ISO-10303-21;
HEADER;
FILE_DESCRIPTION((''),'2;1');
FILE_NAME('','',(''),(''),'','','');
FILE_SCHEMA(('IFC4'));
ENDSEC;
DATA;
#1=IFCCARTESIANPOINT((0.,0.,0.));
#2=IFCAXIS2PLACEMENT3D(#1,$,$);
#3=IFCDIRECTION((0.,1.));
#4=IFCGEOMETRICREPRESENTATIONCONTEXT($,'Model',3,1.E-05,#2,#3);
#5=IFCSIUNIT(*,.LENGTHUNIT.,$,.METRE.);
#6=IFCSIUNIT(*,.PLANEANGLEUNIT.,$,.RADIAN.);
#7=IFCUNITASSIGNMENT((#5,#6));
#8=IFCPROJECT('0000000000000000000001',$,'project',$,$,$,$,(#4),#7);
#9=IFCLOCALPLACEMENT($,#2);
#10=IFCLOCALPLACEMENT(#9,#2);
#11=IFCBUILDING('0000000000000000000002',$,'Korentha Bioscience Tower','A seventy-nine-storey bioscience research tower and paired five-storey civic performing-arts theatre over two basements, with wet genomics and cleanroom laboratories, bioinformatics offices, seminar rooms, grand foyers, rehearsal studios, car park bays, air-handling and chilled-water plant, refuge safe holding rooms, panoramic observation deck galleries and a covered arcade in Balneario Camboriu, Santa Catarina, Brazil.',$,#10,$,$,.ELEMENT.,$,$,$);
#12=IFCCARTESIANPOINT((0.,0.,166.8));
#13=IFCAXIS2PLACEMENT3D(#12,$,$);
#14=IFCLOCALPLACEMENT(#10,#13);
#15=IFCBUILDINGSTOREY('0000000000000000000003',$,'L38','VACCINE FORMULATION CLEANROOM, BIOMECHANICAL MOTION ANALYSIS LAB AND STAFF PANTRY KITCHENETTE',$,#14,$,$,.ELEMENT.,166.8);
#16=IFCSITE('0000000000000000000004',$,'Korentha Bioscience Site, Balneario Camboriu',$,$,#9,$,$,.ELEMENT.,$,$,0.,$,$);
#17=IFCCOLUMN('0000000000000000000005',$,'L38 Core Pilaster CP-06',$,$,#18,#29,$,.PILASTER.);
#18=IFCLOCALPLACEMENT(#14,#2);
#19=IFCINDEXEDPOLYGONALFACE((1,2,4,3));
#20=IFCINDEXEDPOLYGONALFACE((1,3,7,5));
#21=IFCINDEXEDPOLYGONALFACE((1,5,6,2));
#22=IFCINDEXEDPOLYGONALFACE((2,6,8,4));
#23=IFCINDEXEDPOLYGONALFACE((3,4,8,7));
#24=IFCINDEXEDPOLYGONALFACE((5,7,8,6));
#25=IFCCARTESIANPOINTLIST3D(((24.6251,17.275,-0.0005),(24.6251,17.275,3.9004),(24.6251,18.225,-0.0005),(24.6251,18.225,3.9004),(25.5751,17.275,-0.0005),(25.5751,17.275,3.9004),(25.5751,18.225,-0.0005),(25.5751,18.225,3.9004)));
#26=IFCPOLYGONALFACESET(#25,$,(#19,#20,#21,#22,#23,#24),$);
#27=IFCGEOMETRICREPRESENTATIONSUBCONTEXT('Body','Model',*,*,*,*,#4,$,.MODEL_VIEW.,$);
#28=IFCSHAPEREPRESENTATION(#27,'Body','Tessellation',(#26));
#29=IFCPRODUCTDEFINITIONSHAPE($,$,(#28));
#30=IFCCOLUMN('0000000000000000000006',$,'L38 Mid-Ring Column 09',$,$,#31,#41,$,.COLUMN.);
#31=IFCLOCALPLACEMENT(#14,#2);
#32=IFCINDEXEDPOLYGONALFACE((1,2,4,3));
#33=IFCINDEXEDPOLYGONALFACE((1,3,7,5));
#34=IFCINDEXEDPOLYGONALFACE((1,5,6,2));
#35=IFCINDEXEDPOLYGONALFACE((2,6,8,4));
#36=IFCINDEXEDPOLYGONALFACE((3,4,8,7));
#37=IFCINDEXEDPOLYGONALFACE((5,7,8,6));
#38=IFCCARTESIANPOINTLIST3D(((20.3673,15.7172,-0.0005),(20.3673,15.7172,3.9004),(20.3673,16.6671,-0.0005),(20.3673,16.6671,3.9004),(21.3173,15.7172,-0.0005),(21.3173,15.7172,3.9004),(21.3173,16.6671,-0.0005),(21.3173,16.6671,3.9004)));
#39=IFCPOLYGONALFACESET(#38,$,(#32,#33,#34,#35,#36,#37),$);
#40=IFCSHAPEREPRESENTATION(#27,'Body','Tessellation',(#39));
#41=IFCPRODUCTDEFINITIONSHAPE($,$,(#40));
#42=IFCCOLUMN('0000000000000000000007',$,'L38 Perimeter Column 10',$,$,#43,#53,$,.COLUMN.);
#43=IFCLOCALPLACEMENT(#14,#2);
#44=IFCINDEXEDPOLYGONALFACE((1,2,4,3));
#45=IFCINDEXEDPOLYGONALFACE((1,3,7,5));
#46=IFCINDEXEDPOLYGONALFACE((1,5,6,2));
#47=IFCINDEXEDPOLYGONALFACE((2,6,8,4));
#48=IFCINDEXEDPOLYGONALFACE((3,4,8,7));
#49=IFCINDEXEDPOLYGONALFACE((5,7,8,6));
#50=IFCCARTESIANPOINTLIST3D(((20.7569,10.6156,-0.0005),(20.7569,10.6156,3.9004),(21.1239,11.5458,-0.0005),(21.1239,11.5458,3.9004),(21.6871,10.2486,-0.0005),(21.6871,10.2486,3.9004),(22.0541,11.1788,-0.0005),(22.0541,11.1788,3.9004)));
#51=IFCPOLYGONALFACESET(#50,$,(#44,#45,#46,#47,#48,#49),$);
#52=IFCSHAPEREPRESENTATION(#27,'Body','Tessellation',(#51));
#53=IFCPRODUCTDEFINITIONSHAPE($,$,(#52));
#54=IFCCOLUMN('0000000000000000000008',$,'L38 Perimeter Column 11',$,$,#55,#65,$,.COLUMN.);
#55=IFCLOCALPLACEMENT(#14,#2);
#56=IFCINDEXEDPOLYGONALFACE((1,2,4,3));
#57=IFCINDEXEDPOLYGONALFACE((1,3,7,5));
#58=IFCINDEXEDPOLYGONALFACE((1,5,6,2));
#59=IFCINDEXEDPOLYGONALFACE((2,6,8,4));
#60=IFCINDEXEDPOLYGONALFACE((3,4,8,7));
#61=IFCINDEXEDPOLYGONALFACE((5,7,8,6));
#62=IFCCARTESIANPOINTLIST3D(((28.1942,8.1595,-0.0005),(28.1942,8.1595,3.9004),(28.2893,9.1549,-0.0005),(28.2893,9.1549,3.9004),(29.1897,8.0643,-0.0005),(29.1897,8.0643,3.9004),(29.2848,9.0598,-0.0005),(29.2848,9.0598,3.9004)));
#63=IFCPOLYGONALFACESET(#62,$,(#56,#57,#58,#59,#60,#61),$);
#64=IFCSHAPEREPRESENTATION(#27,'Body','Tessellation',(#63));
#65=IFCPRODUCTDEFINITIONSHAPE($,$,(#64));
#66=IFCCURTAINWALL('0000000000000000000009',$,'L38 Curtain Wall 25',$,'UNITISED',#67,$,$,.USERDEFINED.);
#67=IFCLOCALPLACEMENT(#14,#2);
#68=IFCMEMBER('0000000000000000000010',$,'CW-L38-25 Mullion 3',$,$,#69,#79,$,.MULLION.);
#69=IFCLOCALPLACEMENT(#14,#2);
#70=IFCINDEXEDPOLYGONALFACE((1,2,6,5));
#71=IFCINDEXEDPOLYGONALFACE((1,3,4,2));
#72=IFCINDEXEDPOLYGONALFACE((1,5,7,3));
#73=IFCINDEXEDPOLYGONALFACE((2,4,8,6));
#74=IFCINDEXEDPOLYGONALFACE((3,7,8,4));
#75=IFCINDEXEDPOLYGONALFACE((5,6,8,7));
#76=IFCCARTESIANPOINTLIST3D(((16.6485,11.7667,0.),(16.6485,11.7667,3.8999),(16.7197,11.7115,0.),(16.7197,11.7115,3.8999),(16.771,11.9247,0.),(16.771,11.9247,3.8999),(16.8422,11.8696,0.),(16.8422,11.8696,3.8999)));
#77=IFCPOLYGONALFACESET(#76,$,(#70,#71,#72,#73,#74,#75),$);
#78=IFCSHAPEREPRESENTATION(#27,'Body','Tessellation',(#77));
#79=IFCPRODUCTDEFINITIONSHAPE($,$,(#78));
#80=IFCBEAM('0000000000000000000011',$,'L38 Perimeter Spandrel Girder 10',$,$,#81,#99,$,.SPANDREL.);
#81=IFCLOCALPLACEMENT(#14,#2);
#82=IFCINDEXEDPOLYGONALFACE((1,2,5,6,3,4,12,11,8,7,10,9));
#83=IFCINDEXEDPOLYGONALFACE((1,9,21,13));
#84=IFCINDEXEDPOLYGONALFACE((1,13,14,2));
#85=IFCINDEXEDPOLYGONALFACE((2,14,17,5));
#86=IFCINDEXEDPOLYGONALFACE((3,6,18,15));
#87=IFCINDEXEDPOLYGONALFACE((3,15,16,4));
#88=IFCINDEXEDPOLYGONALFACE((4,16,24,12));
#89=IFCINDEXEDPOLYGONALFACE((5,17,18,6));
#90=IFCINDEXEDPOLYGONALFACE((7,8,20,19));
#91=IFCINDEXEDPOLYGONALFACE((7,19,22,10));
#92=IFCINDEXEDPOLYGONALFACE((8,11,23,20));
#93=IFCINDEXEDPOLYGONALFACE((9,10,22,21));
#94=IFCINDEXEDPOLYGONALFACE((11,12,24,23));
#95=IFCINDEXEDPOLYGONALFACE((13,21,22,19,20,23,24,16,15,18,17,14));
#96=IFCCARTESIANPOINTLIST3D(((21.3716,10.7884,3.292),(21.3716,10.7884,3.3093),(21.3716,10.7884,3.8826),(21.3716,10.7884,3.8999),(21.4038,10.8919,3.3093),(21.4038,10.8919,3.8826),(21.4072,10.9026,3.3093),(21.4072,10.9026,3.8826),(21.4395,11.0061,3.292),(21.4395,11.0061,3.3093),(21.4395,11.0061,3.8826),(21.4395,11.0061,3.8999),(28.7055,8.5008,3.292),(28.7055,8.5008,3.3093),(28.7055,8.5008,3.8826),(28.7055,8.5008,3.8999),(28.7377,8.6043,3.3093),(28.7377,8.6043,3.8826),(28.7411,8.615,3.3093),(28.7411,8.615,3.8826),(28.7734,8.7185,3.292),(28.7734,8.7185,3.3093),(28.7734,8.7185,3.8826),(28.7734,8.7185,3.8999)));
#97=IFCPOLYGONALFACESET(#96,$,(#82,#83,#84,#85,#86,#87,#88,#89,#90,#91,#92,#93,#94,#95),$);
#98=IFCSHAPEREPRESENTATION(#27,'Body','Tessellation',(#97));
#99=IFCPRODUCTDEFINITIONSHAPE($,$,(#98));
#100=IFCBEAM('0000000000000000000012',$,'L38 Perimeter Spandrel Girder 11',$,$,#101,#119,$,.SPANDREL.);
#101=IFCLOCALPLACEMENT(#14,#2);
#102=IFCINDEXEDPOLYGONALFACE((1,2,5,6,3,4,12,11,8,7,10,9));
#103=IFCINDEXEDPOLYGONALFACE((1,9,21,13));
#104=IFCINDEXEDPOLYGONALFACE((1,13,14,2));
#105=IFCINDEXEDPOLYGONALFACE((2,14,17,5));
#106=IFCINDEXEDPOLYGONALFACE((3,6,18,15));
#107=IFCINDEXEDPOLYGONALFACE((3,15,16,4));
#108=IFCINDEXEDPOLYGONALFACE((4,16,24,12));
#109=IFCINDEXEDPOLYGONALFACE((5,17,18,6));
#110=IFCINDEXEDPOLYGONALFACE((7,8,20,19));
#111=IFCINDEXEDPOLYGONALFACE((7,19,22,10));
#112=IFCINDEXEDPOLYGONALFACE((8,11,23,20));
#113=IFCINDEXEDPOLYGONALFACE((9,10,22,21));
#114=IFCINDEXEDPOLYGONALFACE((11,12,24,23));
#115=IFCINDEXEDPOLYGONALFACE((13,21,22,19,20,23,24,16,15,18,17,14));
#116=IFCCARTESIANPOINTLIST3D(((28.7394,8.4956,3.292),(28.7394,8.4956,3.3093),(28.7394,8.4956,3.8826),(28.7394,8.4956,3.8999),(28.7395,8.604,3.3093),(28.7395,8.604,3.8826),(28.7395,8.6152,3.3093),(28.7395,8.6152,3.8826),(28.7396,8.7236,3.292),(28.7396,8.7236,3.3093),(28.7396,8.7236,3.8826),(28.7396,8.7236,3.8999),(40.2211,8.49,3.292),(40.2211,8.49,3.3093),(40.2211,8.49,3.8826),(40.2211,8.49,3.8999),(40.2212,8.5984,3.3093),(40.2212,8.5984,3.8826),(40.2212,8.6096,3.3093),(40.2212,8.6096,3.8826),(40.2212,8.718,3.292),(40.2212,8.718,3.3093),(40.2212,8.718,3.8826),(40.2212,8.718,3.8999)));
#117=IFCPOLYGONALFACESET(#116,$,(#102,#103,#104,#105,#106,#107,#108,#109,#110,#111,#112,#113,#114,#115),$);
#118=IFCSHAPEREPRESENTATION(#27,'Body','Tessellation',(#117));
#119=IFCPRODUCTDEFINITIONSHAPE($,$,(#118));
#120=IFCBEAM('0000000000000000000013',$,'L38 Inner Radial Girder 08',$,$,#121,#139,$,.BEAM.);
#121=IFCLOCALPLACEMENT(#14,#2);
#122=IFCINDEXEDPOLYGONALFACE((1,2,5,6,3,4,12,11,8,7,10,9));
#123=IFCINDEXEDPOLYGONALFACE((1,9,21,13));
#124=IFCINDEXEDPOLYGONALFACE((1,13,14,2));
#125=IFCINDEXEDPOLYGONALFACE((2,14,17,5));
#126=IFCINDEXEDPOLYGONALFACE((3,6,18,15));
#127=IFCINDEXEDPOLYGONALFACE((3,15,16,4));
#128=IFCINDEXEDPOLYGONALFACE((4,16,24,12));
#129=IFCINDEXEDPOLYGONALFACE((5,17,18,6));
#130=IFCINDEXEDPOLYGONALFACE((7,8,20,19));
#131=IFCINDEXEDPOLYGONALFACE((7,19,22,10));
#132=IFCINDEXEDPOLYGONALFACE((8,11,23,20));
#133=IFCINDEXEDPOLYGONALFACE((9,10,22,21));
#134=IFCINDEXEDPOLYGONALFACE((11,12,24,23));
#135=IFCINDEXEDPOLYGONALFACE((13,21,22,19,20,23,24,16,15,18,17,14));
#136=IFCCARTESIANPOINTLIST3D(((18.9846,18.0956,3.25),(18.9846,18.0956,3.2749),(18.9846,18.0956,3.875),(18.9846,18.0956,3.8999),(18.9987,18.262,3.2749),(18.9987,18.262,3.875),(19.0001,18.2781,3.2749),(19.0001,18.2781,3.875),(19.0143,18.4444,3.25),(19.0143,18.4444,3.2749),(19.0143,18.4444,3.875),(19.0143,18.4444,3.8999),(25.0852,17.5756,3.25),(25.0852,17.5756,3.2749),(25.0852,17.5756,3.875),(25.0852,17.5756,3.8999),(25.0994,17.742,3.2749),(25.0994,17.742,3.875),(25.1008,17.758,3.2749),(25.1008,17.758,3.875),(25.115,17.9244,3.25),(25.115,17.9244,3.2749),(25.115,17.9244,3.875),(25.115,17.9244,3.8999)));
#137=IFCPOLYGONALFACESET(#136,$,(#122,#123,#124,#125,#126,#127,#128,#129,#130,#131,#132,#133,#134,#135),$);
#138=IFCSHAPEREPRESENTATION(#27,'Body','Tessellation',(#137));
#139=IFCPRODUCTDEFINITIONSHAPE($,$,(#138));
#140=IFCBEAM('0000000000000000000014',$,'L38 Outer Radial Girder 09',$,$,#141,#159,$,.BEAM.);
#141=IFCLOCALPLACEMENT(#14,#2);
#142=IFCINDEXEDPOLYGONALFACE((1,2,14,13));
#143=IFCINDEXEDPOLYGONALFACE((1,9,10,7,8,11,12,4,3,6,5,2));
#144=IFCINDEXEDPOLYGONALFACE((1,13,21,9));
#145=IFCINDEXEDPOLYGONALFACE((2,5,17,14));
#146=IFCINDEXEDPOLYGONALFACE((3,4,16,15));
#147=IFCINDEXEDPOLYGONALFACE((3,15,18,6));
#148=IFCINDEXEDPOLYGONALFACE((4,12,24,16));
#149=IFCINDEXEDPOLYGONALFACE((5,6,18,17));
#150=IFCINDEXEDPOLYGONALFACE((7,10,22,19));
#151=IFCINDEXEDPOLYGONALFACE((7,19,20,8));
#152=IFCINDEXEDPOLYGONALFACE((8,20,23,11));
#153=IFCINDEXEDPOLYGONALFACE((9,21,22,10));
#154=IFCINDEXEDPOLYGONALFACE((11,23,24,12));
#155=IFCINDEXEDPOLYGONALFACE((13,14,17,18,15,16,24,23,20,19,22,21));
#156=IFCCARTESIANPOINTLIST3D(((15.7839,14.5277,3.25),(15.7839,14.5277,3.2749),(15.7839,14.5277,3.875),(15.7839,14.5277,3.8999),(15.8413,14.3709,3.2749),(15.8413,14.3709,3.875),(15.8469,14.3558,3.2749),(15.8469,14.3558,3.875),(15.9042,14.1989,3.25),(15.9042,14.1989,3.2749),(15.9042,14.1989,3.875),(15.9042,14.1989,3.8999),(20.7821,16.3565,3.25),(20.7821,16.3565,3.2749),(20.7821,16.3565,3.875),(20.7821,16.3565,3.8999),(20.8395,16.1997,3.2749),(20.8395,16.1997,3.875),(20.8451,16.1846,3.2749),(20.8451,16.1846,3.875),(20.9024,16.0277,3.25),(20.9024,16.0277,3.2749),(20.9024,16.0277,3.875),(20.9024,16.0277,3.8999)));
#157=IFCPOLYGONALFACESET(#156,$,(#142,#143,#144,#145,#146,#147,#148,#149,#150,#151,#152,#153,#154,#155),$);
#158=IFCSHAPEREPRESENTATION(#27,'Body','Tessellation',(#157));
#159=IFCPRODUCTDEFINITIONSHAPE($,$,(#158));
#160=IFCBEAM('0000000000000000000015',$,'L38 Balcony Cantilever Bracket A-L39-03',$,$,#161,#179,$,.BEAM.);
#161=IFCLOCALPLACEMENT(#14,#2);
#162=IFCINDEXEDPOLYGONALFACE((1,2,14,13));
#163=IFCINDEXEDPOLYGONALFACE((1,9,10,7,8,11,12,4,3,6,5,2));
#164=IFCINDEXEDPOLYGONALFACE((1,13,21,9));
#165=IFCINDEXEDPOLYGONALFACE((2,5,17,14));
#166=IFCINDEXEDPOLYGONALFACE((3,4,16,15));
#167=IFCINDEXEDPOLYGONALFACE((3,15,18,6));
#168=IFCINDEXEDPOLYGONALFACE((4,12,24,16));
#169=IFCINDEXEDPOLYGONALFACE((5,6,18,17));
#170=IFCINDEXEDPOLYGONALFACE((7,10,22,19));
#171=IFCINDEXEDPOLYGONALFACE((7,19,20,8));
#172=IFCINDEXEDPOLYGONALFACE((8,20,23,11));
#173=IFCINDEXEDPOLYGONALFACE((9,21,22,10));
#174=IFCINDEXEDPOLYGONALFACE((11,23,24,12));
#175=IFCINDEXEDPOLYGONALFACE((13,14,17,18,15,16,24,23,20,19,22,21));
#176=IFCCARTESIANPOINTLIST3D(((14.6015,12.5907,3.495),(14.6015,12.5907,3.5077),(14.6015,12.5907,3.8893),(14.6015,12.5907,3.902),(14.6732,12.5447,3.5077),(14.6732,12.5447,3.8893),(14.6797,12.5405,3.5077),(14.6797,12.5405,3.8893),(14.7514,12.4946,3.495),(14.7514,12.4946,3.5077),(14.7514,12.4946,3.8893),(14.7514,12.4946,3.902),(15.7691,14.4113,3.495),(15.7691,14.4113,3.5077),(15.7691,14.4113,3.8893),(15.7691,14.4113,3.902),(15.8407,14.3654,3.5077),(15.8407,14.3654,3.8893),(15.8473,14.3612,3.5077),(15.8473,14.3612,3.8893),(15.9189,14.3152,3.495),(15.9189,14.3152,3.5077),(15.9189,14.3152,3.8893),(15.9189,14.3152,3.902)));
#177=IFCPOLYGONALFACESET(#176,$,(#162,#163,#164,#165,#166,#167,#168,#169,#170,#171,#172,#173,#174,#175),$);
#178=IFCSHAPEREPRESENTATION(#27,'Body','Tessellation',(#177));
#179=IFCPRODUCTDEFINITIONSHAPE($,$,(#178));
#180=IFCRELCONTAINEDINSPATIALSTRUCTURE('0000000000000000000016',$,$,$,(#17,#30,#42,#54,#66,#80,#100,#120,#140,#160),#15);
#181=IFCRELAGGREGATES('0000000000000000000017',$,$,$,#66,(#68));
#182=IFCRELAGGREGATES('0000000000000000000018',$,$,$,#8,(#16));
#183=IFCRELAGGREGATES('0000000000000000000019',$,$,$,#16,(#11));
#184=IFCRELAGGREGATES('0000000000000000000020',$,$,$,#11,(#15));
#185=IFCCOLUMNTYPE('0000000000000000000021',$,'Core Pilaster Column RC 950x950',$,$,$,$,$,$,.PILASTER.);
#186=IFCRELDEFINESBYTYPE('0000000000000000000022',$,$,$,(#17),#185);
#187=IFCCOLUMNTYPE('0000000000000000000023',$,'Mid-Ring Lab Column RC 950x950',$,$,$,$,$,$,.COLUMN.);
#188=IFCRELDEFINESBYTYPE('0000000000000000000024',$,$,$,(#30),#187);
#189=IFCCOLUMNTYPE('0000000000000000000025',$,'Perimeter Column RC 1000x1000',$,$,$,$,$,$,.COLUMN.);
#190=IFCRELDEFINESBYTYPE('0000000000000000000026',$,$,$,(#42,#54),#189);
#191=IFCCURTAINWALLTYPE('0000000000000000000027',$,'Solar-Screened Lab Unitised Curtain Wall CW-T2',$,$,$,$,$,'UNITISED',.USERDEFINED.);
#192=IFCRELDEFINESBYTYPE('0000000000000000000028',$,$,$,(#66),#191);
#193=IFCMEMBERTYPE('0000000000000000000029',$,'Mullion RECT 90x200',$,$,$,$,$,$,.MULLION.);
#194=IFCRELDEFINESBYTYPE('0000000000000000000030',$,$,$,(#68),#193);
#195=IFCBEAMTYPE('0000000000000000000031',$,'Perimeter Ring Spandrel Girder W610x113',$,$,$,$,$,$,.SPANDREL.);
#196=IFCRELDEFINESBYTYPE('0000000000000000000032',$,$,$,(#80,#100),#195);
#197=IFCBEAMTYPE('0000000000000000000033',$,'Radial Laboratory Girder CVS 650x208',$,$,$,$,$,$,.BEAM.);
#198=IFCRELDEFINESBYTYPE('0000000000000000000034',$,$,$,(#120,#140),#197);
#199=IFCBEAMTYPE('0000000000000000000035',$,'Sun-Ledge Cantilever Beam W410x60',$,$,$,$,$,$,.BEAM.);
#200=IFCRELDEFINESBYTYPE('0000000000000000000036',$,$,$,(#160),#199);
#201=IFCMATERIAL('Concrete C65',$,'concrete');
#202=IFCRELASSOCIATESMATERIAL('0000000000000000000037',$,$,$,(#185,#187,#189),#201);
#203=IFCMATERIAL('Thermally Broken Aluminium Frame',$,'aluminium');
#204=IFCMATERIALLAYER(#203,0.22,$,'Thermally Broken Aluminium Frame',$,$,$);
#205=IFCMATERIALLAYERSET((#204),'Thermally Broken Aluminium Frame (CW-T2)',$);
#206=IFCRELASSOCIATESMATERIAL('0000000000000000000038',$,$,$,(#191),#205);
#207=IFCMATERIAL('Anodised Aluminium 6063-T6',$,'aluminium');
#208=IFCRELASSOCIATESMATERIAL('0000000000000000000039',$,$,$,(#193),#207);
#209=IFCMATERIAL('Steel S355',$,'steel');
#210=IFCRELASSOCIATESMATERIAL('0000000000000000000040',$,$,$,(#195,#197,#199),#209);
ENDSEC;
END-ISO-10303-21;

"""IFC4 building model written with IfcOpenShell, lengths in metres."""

from ifc_helpers import new_model, si_unit, direction, frame, origin, origin_2d, place, context, subcontext, project, spatial, rectangle, i_section, extrude, material, layer, layer_set, material_profile, profile_set, type_object, element, aggregate, save


model = new_model("IFC4")

# Units and contexts
model_context = context("Model", 3, precision=1e-05, world=origin(), true_north=direction((0.0, 1.0)))
body_context = subcontext(model_context, "Body", "Model", "MODEL_VIEW")
ifc_project = project(units=[si_unit("LENGTHUNIT", "METRE"), si_unit("PLANEANGLEUNIT", "RADIAN")], contexts=[model_context])

# Site, building, storey
site_placement = place(None, origin())
site = spatial("IfcSite", under=ifc_project, at=site_placement, Name="Korentha Bioscience Site, Balneario Camboriu", CompositionType="ELEMENT", RefElevation=0.0)
building_placement = place(site_placement, origin())
building = spatial("IfcBuilding", under=site, at=building_placement, Name="Korentha Bioscience Tower", Description="A seventy-nine-storey bioscience research tower and paired five-storey civic performing-arts theatre over two basements, with wet genomics and cleanroom laboratories, bioinformatics offices, seminar rooms, grand foyers, rehearsal studios, car park bays, air-handling and chilled-water plant, refuge safe holding rooms, panoramic observation deck galleries and a covered arcade in Balneario Camboriu, Santa Catarina, Brazil.", CompositionType="ELEMENT")
storey_placement = place(building_placement, frame((0.0, 0.0, 166.8)))
storey = spatial("IfcBuildingStorey", under=building, at=storey_placement, Name="L38", Description="VACCINE FORMULATION CLEANROOM, BIOMECHANICAL MOTION ANALYSIS LAB AND STAFF PANTRY KITCHENETTE", CompositionType="ELEMENT", Elevation=166.8)

# Columns
ifc_material_1 = material(Name="Concrete C65", Category="concrete")
ifc_material_profile_1 = material_profile(ifc_material_1, rectangle(XDim=0.95, YDim=0.95, at=origin_2d()), Name="Concrete C65")
ifc_profile_set_1 = profile_set([ifc_material_profile_1], Name="Concrete C65 (COL-CP09)")
column_type_1 = type_object("IfcColumnType", Name="Core Pilaster Column RC 950x950", PredefinedType="PILASTER", material=ifc_profile_set_1)
column_1_placement = place(storey_placement, frame((25.1001, 17.75, -0.0005), z_axis=(0.0, 0.0, 1.0), x_axis=(1.0, 0.0, 0.0)))
element("IfcColumn", 1, at=column_1_placement, inside=storey, type_object=column_type_1, Name="L38 Core Pilaster CP-06", PredefinedType="PILASTER", context=body_context, shape_type="SweptSolid", body=[
    extrude(rectangle(XDim=0.95, YDim=0.95, at=origin_2d()), origin(), (0.0, 0.0, 1.0), 3.9009),
])
ifc_material_profile_2 = material_profile(ifc_material_1, rectangle(XDim=0.95, YDim=0.95, at=origin_2d()), Name="Concrete C65")
ifc_profile_set_2 = profile_set([ifc_material_profile_2], Name="Concrete C65 (COL-MR09)")
column_type_2 = type_object("IfcColumnType", Name="Mid-Ring Lab Column RC 950x950", PredefinedType="COLUMN", material=ifc_profile_set_2)
column_2_placement = place(storey_placement, frame((20.8423, 16.1921, -0.0005), z_axis=(0.0, 0.0, 1.0), x_axis=(1.0, 0.0, 0.0)))
element("IfcColumn", 2, at=column_2_placement, inside=storey, type_object=column_type_2, Name="L38 Mid-Ring Column 09", PredefinedType="COLUMN", context=body_context, shape_type="SweptSolid", body=[
    extrude(rectangle(XDim=0.95, YDim=0.95, at=origin_2d()), origin(), (0.0, 0.0, 1.0), 3.9009),
])
ifc_material_profile_3 = material_profile(ifc_material_1, rectangle(XDim=1.0, YDim=1.0, at=origin_2d()), Name="Concrete C65")
ifc_profile_set_3 = profile_set([ifc_material_profile_3], Name="Concrete C65 (COL-P10)")
column_type_3 = type_object("IfcColumnType", Name="Perimeter Column RC 1000x1000", PredefinedType="COLUMN", material=ifc_profile_set_3)
for number, where, z_axis, x_axis, name in (
    (3, (21.4055, 10.8972, -0.0005), (0.0, 0.0, 1.0), (-0.930226, 0.366988, 0.0), "L38 Perimeter Column 10"),
    (4, (28.7395, 8.6096, -0.0005), (0.0, 0.0, 1.0), (-0.995463, 0.095151, 0.0), "L38 Perimeter Column 11"),
):
    element("IfcColumn", number, at=place(storey_placement, frame(where, z_axis=z_axis, x_axis=x_axis)), inside=storey, type_object=column_type_3, Name=name, PredefinedType="COLUMN", context=body_context, shape_type="SweptSolid", body=[
        extrude(rectangle(XDim=1.0, YDim=1.0, at=origin_2d()), origin(), (0.0, 0.0, 1.0), 3.9009),
    ])

# Curtain wall, member
ifc_material_2 = material(Name="Thermally Broken Aluminium Frame", Category="aluminium")
ifc_layer_1 = layer(ifc_material_2, 0.22, Name="Thermally Broken Aluminium Frame")
ifc_layer_set_1 = layer_set([ifc_layer_1], Name="Thermally Broken Aluminium Frame (CW-T2)")
curtain_wall_type = type_object("IfcCurtainWallType", Name="Solar-Screened Lab Unitised Curtain Wall CW-T2", ElementType="UNITISED", PredefinedType="USERDEFINED", material=ifc_layer_set_1)
curtain_wall_placement = place(storey_placement, origin())
curtain_wall = element("IfcCurtainWall", 5, at=curtain_wall_placement, inside=storey, type_object=curtain_wall_type, Name="L38 Curtain Wall 25", ObjectType="UNITISED", PredefinedType="USERDEFINED")
ifc_material_3 = material(Name="Anodised Aluminium 6063-T6", Category="aluminium")
ifc_material_profile_4 = material_profile(ifc_material_3, rectangle(XDim=0.0901, YDim=0.2, at=origin_2d()), Name="Anodised Aluminium 6063-T6")
ifc_profile_set_4 = profile_set([ifc_material_profile_4], Name="Anodised Aluminium 6063-T6 (CW-MUL)")
member_type = type_object("IfcMemberType", Name="Mullion RECT 90x200", PredefinedType="MULLION", material=ifc_profile_set_4)
member_placement = place(storey_placement, frame((16.7454, 11.8181, 0.0), z_axis=(0.0, 0.0, 1.0), x_axis=(0.790547, -0.612402, 0.0)))
member = element("IfcMember", 6, at=member_placement, type_object=member_type, Name="CW-L38-25 Mullion 3", PredefinedType="MULLION", context=body_context, shape_type="SweptSolid", body=[
    extrude(rectangle(XDim=0.0901, YDim=0.2, at=origin_2d()), origin(), (0.0, 0.0, 1.0), 3.8999),
])

# Beams
ifc_material_4 = material(Name="Steel S355", Category="steel")
ifc_material_profile_5 = material_profile(ifc_material_4, i_section(OverallWidth=0.228, OverallDepth=0.6079, WebThickness=0.0112, FlangeThickness=0.0173, at=origin_2d()), Name="Steel S355")
ifc_profile_set_5 = profile_set([ifc_material_profile_5], Name="Steel S355 (SB-610)")
beam_type_1 = type_object("IfcBeamType", Name="Perimeter Ring Spandrel Girder W610x113", PredefinedType="SPANDREL", material=ifc_profile_set_5)
beam_1_placement = place(storey_placement, frame((21.4055, 10.8972, 3.5959), z_axis=(0.954638, -0.297768, 0.0), x_axis=(0.297768, 0.954638, 0.0)))
element("IfcBeam", 7, at=beam_1_placement, inside=storey, type_object=beam_type_1, Name="L38 Perimeter Spandrel Girder 10", PredefinedType="SPANDREL", context=body_context, shape_type="SweptSolid", body=[
    extrude(i_section(OverallWidth=0.228, OverallDepth=0.6079, WebThickness=0.0112, FlangeThickness=0.0173, at=origin_2d()), origin(), (0.0, 0.0, 1.0), 7.6824),
])
beam_2_placement = place(storey_placement, frame((28.7395, 8.6096, 3.5959), z_axis=(1.0, -0.000489, 0.0), x_axis=(0.000489, 1.0, 0.0)))
element("IfcBeam", 8, at=beam_2_placement, inside=storey, type_object=beam_type_1, Name="L38 Perimeter Spandrel Girder 11", PredefinedType="SPANDREL", context=body_context, shape_type="SweptSolid", body=[
    extrude(i_section(OverallWidth=0.228, OverallDepth=0.6079, WebThickness=0.0112, FlangeThickness=0.0173, at=origin_2d()), origin(), (0.0, 0.0, 1.0), 11.4817),
])
ifc_material_profile_6 = material_profile(ifc_material_4, i_section(OverallWidth=0.3501, OverallDepth=0.6499, WebThickness=0.0161, FlangeThickness=0.0249, at=origin_2d()), Name="Steel S355")
ifc_profile_set_6 = profile_set([ifc_material_profile_6], Name="Steel S355 (RB-650)")
beam_type_2 = type_object("IfcBeamType", Name="Radial Laboratory Girder CVS 650x208", PredefinedType="BEAM", material=ifc_profile_set_6)
beam_3_placement = place(storey_placement, frame((25.1001, 17.75, 3.575), z_axis=(-0.996387, 0.084933, 0.0), x_axis=(-0.084933, -0.996387, 0.0)))
element("IfcBeam", 9, at=beam_3_placement, inside=storey, type_object=beam_type_2, Name="L38 Inner Radial Girder 08", PredefinedType="BEAM", context=body_context, shape_type="SweptSolid", body=[
    extrude(i_section(OverallWidth=0.3501, OverallDepth=0.6499, WebThickness=0.0161, FlangeThickness=0.0249, at=origin_2d()), origin(), (0.0, 0.0, 1.0), 6.1228),
])
beam_4_placement = place(storey_placement, frame((20.8423, 16.1921, 3.575), z_axis=(-0.93911, -0.343617, 0.0), x_axis=(0.343617, -0.93911, 0.0)))
element("IfcBeam", 10, at=beam_4_placement, inside=storey, type_object=beam_type_2, Name="L38 Outer Radial Girder 09", PredefinedType="BEAM", context=body_context, shape_type="SweptSolid", body=[
    extrude(i_section(OverallWidth=0.3501, OverallDepth=0.6499, WebThickness=0.0161, FlangeThickness=0.0249, at=origin_2d()), origin(), (0.0, 0.0, 1.0), 5.3223),
])
ifc_material_profile_7 = material_profile(ifc_material_4, i_section(OverallWidth=0.178, OverallDepth=0.407, WebThickness=0.0078, FlangeThickness=0.0127, at=origin_2d()), Name="Steel S355")
ifc_profile_set_7 = profile_set([ifc_material_profile_7], Name="Steel S355 (CB-410)")
beam_type_3 = type_object("IfcBeamType", Name="Sun-Ledge Cantilever Beam W410x60", PredefinedType="BEAM", material=ifc_profile_set_7)
beam_5_placement = place(storey_placement, frame((15.844, 14.3633, 3.6985), z_axis=(-0.539816, -0.841783, 0.0), x_axis=(0.841783, -0.539816, 0.0)))
element("IfcBeam", 11, at=beam_5_placement, inside=storey, type_object=beam_type_3, Name="L38 Balcony Cantilever Bracket A-L39-03", PredefinedType="BEAM", context=body_context, shape_type="SweptSolid", body=[
    extrude(i_section(OverallWidth=0.178, OverallDepth=0.407, WebThickness=0.0078, FlangeThickness=0.0127, at=origin_2d()), origin(), (0.0, 0.0, 1.0), 2.1628),
])

aggregate(curtain_wall, [member])

save(model, "model.ifc")
